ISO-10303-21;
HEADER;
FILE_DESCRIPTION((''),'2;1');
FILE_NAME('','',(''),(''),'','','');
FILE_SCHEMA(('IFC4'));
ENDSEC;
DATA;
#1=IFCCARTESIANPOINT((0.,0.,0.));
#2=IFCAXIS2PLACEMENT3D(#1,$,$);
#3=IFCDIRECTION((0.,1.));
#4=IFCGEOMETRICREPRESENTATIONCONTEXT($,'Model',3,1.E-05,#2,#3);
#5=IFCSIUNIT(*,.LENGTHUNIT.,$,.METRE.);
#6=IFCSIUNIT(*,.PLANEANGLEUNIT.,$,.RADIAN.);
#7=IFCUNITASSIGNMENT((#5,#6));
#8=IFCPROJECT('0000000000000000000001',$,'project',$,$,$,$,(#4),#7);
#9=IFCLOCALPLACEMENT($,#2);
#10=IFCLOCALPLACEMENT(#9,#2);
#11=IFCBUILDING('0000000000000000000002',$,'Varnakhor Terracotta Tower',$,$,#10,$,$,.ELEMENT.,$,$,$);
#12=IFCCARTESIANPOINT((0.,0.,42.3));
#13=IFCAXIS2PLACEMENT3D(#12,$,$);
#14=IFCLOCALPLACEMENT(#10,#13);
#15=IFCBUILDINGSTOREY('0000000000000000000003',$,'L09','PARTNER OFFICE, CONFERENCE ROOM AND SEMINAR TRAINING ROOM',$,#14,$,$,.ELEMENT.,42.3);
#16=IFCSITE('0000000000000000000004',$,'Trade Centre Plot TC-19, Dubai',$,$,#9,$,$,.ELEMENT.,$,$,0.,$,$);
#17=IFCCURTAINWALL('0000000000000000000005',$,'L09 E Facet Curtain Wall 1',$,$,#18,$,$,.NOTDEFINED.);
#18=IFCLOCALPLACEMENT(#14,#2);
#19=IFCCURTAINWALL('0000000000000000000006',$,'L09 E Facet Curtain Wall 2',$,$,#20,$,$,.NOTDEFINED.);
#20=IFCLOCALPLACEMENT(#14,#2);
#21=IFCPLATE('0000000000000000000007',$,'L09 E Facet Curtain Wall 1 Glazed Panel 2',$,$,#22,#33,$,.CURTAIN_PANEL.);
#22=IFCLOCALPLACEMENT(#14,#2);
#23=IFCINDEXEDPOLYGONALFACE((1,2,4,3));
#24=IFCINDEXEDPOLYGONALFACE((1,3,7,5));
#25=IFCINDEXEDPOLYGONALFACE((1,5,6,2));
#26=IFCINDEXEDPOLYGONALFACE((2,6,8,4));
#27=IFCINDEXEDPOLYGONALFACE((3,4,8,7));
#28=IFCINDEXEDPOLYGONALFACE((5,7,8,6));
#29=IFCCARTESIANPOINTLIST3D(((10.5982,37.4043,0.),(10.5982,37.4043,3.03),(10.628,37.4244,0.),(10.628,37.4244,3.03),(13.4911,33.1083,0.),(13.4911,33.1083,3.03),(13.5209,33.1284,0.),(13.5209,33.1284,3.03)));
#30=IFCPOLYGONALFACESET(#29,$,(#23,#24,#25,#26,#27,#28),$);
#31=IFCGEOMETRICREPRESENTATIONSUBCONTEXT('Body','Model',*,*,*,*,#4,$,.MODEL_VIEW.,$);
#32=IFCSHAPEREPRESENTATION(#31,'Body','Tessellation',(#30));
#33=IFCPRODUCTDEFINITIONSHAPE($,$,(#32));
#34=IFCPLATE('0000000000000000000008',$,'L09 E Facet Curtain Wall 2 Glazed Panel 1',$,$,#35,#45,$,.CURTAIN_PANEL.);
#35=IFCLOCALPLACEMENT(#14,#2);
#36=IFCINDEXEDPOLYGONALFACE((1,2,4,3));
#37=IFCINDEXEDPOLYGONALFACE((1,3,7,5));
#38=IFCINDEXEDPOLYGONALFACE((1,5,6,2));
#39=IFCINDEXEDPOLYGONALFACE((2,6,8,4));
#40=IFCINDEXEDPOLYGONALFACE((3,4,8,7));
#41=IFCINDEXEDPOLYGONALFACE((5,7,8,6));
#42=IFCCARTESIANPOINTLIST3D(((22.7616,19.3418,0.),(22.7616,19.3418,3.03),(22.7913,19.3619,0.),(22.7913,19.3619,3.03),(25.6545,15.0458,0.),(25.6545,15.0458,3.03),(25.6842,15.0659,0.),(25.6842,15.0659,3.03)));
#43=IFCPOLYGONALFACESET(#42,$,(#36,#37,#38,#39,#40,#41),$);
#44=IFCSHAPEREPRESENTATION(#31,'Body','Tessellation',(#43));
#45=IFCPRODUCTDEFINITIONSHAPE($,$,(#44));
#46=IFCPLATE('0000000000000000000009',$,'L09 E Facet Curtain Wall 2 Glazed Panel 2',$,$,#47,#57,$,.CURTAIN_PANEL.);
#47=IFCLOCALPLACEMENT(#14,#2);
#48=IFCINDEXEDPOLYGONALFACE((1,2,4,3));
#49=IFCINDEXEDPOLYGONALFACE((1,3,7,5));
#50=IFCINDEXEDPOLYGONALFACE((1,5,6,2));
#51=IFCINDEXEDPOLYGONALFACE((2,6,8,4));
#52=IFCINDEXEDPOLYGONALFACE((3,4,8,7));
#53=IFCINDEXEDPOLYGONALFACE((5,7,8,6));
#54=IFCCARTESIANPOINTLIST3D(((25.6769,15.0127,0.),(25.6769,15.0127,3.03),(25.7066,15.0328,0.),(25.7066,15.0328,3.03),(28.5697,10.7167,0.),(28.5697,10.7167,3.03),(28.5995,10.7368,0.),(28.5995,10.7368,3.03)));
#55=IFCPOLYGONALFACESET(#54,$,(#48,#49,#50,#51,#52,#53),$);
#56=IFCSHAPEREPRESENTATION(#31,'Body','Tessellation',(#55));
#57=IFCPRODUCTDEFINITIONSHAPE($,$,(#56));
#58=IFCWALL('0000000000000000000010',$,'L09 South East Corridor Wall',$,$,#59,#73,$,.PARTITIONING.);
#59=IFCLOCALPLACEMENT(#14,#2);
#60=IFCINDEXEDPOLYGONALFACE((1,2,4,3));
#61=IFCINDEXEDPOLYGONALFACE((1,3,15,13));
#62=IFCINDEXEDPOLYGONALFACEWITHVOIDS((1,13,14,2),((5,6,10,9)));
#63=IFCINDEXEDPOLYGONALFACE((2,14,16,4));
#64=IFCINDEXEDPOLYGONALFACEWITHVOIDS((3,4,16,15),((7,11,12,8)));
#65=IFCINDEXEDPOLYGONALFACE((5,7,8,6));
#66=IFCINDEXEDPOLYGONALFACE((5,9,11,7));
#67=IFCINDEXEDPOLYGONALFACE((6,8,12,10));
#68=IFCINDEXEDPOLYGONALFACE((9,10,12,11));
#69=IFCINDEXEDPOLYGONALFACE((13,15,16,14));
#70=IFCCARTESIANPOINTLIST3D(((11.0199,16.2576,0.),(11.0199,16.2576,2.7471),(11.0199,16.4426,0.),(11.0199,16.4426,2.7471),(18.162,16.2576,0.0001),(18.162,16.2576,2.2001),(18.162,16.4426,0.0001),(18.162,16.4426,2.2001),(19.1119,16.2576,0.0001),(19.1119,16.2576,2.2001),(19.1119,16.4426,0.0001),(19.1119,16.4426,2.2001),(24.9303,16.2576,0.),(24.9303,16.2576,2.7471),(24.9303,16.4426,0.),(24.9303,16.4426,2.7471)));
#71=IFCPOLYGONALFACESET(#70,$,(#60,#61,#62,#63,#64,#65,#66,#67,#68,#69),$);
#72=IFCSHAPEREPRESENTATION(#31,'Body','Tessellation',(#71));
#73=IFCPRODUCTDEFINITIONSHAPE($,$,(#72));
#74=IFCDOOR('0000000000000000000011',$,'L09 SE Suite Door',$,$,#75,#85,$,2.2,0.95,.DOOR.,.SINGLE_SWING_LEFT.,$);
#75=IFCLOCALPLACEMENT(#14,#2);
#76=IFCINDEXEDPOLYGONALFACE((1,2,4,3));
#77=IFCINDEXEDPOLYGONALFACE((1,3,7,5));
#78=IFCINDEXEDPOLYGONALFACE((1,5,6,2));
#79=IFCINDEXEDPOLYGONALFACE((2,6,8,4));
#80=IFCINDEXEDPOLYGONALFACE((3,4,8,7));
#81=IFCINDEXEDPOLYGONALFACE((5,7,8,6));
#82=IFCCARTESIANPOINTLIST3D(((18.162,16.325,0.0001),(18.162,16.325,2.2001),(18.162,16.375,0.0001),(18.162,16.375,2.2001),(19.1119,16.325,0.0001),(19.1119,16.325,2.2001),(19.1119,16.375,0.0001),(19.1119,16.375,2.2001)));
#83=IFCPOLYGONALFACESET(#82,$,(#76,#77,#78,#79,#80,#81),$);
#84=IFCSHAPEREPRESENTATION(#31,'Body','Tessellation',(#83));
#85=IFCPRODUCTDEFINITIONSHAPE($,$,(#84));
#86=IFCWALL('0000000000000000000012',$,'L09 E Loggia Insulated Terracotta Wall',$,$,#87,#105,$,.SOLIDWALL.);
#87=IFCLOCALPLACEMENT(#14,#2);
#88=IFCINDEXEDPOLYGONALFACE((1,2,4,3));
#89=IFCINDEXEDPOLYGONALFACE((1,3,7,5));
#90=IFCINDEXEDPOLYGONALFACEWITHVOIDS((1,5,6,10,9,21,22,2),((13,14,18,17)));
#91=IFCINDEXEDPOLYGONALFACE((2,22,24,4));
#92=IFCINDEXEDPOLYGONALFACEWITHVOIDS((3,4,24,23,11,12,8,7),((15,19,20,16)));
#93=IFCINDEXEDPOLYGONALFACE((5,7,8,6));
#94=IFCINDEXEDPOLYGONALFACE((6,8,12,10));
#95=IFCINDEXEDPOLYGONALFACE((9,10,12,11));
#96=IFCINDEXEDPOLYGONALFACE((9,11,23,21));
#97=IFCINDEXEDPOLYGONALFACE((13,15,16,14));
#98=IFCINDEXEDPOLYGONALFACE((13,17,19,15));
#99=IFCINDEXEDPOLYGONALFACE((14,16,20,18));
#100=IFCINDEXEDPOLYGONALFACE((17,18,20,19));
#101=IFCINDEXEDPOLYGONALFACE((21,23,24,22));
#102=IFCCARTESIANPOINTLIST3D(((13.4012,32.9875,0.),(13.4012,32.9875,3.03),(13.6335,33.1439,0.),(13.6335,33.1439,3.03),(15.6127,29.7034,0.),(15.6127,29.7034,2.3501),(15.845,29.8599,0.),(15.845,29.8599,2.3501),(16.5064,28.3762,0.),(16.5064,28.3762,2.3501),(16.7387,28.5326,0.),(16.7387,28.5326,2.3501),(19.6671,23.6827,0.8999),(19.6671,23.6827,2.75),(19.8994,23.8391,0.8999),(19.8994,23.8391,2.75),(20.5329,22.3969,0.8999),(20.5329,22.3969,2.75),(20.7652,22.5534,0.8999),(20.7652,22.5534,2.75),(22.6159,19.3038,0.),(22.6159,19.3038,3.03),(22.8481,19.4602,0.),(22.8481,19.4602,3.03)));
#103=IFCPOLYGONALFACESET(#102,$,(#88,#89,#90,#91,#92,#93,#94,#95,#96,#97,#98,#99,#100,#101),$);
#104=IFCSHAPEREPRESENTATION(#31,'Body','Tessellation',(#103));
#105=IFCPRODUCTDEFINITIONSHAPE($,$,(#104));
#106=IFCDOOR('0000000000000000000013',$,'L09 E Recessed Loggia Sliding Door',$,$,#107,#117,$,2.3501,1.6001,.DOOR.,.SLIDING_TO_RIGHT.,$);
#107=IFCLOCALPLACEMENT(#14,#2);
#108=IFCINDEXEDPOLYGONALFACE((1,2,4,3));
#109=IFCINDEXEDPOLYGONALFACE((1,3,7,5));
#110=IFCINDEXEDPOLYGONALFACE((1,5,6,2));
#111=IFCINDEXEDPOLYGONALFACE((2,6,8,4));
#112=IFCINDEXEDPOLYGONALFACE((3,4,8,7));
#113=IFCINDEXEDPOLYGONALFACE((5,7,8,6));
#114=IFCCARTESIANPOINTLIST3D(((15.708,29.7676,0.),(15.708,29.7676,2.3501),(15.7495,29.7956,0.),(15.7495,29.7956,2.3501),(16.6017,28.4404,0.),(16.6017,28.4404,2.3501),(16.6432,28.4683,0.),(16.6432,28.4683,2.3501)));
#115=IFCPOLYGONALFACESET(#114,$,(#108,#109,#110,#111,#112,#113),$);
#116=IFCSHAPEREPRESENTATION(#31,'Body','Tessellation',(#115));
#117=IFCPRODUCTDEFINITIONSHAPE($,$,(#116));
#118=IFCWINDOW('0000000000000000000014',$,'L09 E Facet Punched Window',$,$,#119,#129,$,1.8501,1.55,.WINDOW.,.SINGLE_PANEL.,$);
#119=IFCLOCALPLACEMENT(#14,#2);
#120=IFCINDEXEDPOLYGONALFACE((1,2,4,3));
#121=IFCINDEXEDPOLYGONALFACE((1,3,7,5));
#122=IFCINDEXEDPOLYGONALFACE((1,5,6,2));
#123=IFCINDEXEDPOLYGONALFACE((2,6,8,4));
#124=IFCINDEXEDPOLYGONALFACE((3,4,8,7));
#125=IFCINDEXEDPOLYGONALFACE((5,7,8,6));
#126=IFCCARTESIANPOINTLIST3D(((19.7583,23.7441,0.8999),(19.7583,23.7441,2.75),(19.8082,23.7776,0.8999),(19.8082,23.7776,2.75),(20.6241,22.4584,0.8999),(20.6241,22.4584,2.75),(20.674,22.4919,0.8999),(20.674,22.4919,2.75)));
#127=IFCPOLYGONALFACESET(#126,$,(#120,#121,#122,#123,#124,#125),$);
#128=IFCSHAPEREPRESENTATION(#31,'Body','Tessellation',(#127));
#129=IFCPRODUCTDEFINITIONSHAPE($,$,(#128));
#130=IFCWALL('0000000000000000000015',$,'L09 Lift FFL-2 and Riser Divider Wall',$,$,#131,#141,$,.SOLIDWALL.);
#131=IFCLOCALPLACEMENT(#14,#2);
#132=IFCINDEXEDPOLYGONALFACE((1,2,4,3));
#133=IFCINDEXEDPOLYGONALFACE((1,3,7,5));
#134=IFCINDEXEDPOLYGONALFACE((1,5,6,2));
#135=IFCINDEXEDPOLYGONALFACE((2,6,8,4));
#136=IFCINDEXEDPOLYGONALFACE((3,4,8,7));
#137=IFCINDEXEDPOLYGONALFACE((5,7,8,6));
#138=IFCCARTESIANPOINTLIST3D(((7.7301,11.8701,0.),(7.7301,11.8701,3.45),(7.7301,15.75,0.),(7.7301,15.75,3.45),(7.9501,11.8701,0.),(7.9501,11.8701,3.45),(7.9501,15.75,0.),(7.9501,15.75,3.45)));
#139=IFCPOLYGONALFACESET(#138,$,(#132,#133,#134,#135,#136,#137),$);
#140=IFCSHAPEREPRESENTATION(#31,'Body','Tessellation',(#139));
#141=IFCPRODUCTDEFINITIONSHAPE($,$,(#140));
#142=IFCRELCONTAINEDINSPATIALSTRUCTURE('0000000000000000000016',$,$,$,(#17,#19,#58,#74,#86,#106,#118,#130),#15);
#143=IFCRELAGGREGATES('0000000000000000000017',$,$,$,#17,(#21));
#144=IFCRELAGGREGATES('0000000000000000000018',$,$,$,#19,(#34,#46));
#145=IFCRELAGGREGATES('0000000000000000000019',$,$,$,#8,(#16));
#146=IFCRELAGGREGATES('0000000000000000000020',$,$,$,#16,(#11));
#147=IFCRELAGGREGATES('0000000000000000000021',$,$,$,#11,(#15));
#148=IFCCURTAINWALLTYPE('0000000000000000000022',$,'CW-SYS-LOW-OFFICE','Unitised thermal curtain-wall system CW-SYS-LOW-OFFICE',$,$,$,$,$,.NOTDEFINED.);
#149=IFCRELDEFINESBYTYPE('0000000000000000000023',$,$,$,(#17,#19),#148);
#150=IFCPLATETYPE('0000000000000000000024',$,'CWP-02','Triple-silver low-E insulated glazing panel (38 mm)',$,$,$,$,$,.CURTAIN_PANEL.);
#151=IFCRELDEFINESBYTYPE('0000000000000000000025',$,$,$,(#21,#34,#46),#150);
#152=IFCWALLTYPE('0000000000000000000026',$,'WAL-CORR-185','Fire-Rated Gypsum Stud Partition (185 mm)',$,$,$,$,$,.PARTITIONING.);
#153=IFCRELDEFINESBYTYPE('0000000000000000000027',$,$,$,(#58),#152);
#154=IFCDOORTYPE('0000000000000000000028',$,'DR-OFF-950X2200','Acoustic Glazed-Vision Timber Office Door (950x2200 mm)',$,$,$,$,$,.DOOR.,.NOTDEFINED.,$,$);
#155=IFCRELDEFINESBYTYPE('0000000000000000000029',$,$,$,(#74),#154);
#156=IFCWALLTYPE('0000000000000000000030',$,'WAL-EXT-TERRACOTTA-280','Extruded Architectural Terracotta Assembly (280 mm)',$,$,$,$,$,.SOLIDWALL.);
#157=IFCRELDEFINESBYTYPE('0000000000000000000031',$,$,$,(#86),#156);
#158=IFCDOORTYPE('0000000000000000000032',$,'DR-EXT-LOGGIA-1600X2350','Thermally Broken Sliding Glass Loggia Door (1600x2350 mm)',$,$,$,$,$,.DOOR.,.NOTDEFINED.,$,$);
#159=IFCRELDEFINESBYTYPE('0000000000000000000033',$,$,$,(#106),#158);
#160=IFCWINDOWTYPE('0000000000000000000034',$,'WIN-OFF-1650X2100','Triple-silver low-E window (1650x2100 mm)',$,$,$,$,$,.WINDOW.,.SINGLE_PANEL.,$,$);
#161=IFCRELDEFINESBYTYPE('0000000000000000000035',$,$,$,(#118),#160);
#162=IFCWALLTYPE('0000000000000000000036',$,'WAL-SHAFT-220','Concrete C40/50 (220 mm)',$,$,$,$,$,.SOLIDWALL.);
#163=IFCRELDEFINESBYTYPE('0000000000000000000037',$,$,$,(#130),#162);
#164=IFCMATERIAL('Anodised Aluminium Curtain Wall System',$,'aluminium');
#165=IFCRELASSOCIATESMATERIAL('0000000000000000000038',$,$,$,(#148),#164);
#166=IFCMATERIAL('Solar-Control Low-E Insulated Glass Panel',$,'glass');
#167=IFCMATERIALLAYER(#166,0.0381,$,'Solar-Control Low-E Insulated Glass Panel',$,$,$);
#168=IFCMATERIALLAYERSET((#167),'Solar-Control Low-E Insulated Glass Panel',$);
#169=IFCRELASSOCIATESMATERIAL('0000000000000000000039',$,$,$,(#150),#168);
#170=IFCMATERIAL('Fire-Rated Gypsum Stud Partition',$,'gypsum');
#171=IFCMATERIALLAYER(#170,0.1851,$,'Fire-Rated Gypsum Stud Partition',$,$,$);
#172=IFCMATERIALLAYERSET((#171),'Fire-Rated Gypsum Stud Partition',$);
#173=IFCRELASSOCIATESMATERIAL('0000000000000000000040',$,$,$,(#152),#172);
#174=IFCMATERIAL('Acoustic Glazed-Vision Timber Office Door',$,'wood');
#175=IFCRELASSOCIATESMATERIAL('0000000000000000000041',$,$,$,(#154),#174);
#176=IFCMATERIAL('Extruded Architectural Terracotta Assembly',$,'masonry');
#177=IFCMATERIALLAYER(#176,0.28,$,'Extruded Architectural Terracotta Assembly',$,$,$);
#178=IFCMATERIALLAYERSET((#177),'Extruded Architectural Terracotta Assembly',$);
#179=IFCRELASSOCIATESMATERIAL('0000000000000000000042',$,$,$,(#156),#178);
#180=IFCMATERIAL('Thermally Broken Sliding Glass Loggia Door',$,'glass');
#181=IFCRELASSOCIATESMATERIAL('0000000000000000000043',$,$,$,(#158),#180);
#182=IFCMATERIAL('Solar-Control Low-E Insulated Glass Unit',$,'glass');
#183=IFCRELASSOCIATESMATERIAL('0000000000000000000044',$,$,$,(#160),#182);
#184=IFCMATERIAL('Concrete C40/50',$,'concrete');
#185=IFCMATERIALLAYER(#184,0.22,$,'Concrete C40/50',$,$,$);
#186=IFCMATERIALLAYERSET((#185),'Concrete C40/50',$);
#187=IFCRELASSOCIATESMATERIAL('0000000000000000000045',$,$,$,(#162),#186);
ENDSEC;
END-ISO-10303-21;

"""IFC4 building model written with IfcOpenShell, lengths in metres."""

from ifc_helpers import new_model, si_unit, direction, frame, frame_2d, origin, origin_2d, place, context, subcontext, project, spatial, rectangle, extrude, source, transform, mapped, material, layer, layer_set, type_object, type_shapes, element, fill, aggregate, save


model = new_model("IFC4")

# Units and contexts
model_context = context("Model", 3, precision=1e-05, world=origin(), true_north=direction((0.0, 1.0)))
body_context = subcontext(model_context, "Body", "Model", "MODEL_VIEW")
ifc_project = project(units=[si_unit("LENGTHUNIT", "METRE"), si_unit("PLANEANGLEUNIT", "RADIAN")], contexts=[model_context])

# Site, building, storey
site_placement = place(None, origin())
site = spatial("IfcSite", under=ifc_project, at=site_placement, Name="Trade Centre Plot TC-19, Dubai", CompositionType="ELEMENT", RefElevation=0.0)
building_placement = place(site_placement, origin())
building = spatial("IfcBuilding", under=site, at=building_placement, Name="Varnakhor Terracotta Tower", CompositionType="ELEMENT")
storey_placement = place(building_placement, frame((0.0, 0.0, 42.3)))
storey = spatial("IfcBuildingStorey", under=building, at=storey_placement, Name="L09", Description="PARTNER OFFICE, CONFERENCE ROOM AND SEMINAR TRAINING ROOM", CompositionType="ELEMENT", Elevation=42.3)

# Curtain walls
ifc_material_1 = material(Name="Anodised Aluminium Curtain Wall System", Category="aluminium")
curtain_wall_type = type_object("IfcCurtainWallType", Name="CW-SYS-LOW-OFFICE", Description="Unitised thermal curtain-wall system CW-SYS-LOW-OFFICE", PredefinedType="NOTDEFINED", material=ifc_material_1)
curtain_wall_1_placement = place(storey_placement, origin())
curtain_wall_1 = element("IfcCurtainWall", 1, at=curtain_wall_1_placement, inside=storey, type_object=curtain_wall_type, Name="L09 E Facet Curtain Wall 1", PredefinedType="NOTDEFINED")
curtain_wall_2_placement = place(storey_placement, origin())
curtain_wall_2 = element("IfcCurtainWall", 2, at=curtain_wall_2_placement, inside=storey, type_object=curtain_wall_type, Name="L09 E Facet Curtain Wall 2", PredefinedType="NOTDEFINED")

# Shared definitions
ifc_material_2 = material(Name="Solar-Control Low-E Insulated Glass Panel", Category="glass")
ifc_layer_1 = layer(ifc_material_2, 0.0381, Name="Solar-Control Low-E Insulated Glass Panel")
ifc_layer_set_1 = layer_set([ifc_layer_1], Name="Solar-Control Low-E Insulated Glass Panel")
plate_type = type_object("IfcPlateType", Name="CWP-02", Description="Triple-silver low-E insulated glazing panel (38 mm)", PredefinedType="CURTAIN_PANEL", material=ifc_layer_set_1)

# Plates
shared_shape_1 = source(origin(), body_context, "Body", "SweptSolid", [
    extrude(rectangle(XDim=5.1792, YDim=0.0359, at=origin_2d()), origin(), (0.0, 0.0, 1.0), 3.03),
])
plate_1_placement = place(storey_placement, frame((12.0596, 35.2664, 0.0), z_axis=(0.0, 0.0, 1.0), x_axis=(0.558556, -0.829467, 0.0)))
plate_1 = element("IfcPlate", 3, at=plate_1_placement, type_object=plate_type, Name="L09 E Facet Curtain Wall 1 Glazed Panel 2", PredefinedType="CURTAIN_PANEL", context=body_context, shape_type="MappedRepresentation", body=[
    mapped(shared_shape_1, transform((0.0, 0.0, 0.0), scale=1.0)),
])
aggregate(curtain_wall_1, [plate_1])
plate_2_placement = place(storey_placement, frame((24.2229, 17.2039, 0.0), z_axis=(0.0, 0.0, 1.0), x_axis=(0.558556, -0.829467, 0.0)))
plate_2 = element("IfcPlate", 4, at=plate_2_placement, type_object=plate_type, Name="L09 E Facet Curtain Wall 2 Glazed Panel 1", PredefinedType="CURTAIN_PANEL", context=body_context, shape_type="MappedRepresentation", body=[
    mapped(shared_shape_1, transform((0.0, 0.0, 0.0), scale=1.0)),
])
plate_3_placement = place(storey_placement, frame((27.1382, 12.8748, 0.0), z_axis=(0.0, 0.0, 1.0), x_axis=(0.558556, -0.829467, 0.0)))
plate_3 = element("IfcPlate", 5, at=plate_3_placement, type_object=plate_type, Name="L09 E Facet Curtain Wall 2 Glazed Panel 2", PredefinedType="CURTAIN_PANEL", context=body_context, shape_type="MappedRepresentation", body=[
    mapped(shared_shape_1, transform((0.0, 0.0, 0.0), scale=1.0)),
])
aggregate(curtain_wall_2, [plate_2, plate_3])

# Wall, opening, door
ifc_material_3 = material(Name="Fire-Rated Gypsum Stud Partition", Category="gypsum")
ifc_layer_2 = layer(ifc_material_3, 0.1851, Name="Fire-Rated Gypsum Stud Partition")
ifc_layer_set_2 = layer_set([ifc_layer_2], Name="Fire-Rated Gypsum Stud Partition")
wall_type_1 = type_object("IfcWallType", Name="WAL-CORR-185", Description="Fire-Rated Gypsum Stud Partition (185 mm)", PredefinedType="PARTITIONING", material=ifc_layer_set_2)
wall_1_placement = place(storey_placement, frame((11.02, 16.3501, 0.0), z_axis=(0.0, 0.0, 1.0), x_axis=(1.0, 0.0, 0.0)))
wall_1 = element("IfcWall", 6, at=wall_1_placement, inside=storey, type_object=wall_type_1, Name="L09 South East Corridor Wall", PredefinedType="PARTITIONING", context=body_context, shape_type="SweptSolid", body=[
    extrude(rectangle(XDim=13.9104, YDim=0.1851, at=frame_2d((6.9551, 0.0))), origin(), (0.0, 0.0, 1.0), 2.7471),
])
opening_1_placement = place(wall_1_placement, frame((7.1418, 0.0, 0.0)))
opening_1 = element("IfcOpeningElement", 7, at=opening_1_placement, cuts=wall_1, PredefinedType="OPENING", context=body_context, shape_type="SweptSolid", body=[
    extrude(rectangle(XDim=0.95, YDim=2.2, at=frame_2d((0.4751, 1.1001))), frame((0.0, 0.1025, 0.0), z_axis=(0.0, -1.0, 0.0), x_axis=(1.0, 0.0, 0.0)), (0.0, 0.0, 1.0), 0.2051),
])
ifc_material_4 = material(Name="Acoustic Glazed-Vision Timber Office Door", Category="wood")
door_type_1 = type_object("IfcDoorType", Name="DR-OFF-950X2200", Description="Acoustic Glazed-Vision Timber Office Door (950x2200 mm)", OperationType="NOTDEFINED", PredefinedType="DOOR", material=ifc_material_4)
shared_shape_2 = source(origin(), body_context, "Body", "SweptSolid", [
    extrude(rectangle(XDim=0.95, YDim=2.2, at=frame_2d((0.4751, 1.1001))), frame((0.0, 0.0249, 0.0), z_axis=(0.0, -1.0, 0.0), x_axis=(1.0, 0.0, 0.0)), (0.0, 0.0, 1.0), 0.05),
])
type_shapes(door_type_1, [shared_shape_2])
door_1_placement = place(opening_1_placement, origin())
door_1 = element("IfcDoor", 8, at=door_1_placement, inside=storey, type_object=door_type_1, Name="L09 SE Suite Door", OperationType="SINGLE_SWING_LEFT", OverallHeight=2.2, OverallWidth=0.95, PredefinedType="DOOR", context=body_context, shape_type="MappedRepresentation", body=[
    mapped(shared_shape_2, transform((0.0, 0.0, 0.0), scale=1.0)),
])
fill(opening_1, door_1)

# Wall, openings, door, window
ifc_material_5 = material(Name="Extruded Architectural Terracotta Assembly", Category="masonry")
ifc_layer_3 = layer(ifc_material_5, 0.28, Name="Extruded Architectural Terracotta Assembly")
ifc_layer_set_3 = layer_set([ifc_layer_3], Name="Extruded Architectural Terracotta Assembly")
wall_type_2 = type_object("IfcWallType", Name="WAL-EXT-TERRACOTTA-280", Description="Extruded Architectural Terracotta Assembly (280 mm)", PredefinedType="SOLIDWALL", material=ifc_layer_set_3)
wall_2_placement = place(storey_placement, frame((13.5173, 33.0657, 0.0), z_axis=(0.0, 0.0, 1.0), x_axis=(0.558564, -0.829462, 0.0)))
wall_2 = element("IfcWall", 9, at=wall_2_placement, inside=storey, type_object=wall_type_2, Name="L09 E Loggia Insulated Terracotta Wall", PredefinedType="SOLIDWALL", context=body_context, shape_type="SweptSolid", body=[
    extrude(rectangle(XDim=16.4971, YDim=0.28, at=frame_2d((8.2485, 0.0))), origin(), (0.0, 0.0, 1.0), 3.03),
])
opening_2_placement = place(wall_2_placement, frame((3.9592, 0.0, 0.0)))
opening_2 = element("IfcOpeningElement", 10, at=opening_2_placement, cuts=wall_2, PredefinedType="OPENING", context=body_context, shape_type="SweptSolid", body=[
    extrude(rectangle(XDim=1.6001, YDim=2.3501, at=frame_2d((0.8, 1.175))), frame((0.0, 0.1499, 0.0), z_axis=(0.0, -1.0, 0.0), x_axis=(1.0, 0.0, 0.0)), (0.0, 0.0, 1.0), 0.3),
])
opening_3_placement = place(wall_2_placement, frame((11.218, 0.0, 0.8999)))
opening_3 = element("IfcOpeningElement", 11, at=opening_3_placement, cuts=wall_2, PredefinedType="OPENING", context=body_context, shape_type="SweptSolid", body=[
    extrude(rectangle(XDim=1.55, YDim=1.8501, at=frame_2d((0.7749, 0.925))), frame((0.0, 0.1499, 0.0), z_axis=(0.0, -1.0, 0.0), x_axis=(1.0, 0.0, 0.0)), (0.0, 0.0, 1.0), 0.3),
])
ifc_material_6 = material(Name="Thermally Broken Sliding Glass Loggia Door", Category="glass")
door_type_2 = type_object("IfcDoorType", Name="DR-EXT-LOGGIA-1600X2350", Description="Thermally Broken Sliding Glass Loggia Door (1600x2350 mm)", OperationType="NOTDEFINED", PredefinedType="DOOR", material=ifc_material_6)
shared_shape_3 = source(origin(), body_context, "Body", "SweptSolid", [
    extrude(rectangle(XDim=1.6001, YDim=2.3501, at=frame_2d((0.8, 1.175))), frame((0.0, 0.0249, 0.0), z_axis=(0.0, -1.0, 0.0), x_axis=(1.0, 0.0, 0.0)), (0.0, 0.0, 1.0), 0.05),
])
type_shapes(door_type_2, [shared_shape_3])
door_2_placement = place(opening_2_placement, origin())
door_2 = element("IfcDoor", 12, at=door_2_placement, inside=storey, type_object=door_type_2, Name="L09 E Recessed Loggia Sliding Door", OperationType="SLIDING_TO_RIGHT", OverallHeight=2.3501, OverallWidth=1.6001, PredefinedType="DOOR", context=body_context, shape_type="MappedRepresentation", body=[
    mapped(shared_shape_3, transform((0.0, 0.0, 0.0), scale=1.0)),
])
fill(opening_2, door_2)
ifc_material_7 = material(Name="Solar-Control Low-E Insulated Glass Unit", Category="glass")
window_type = type_object("IfcWindowType", Name="WIN-OFF-1650X2100", Description="Triple-silver low-E window (1650x2100 mm)", PartitioningType="SINGLE_PANEL", PredefinedType="WINDOW", material=ifc_material_7)
shared_shape_4 = source(origin(), body_context, "Body", "SweptSolid", [
    extrude(rectangle(XDim=1.55, YDim=1.8501, at=frame_2d((0.7749, 0.925))), frame((0.0, 0.03, 0.0), z_axis=(0.0, -1.0, 0.0), x_axis=(1.0, 0.0, 0.0)), (0.0, 0.0, 1.0), 0.0601),
])
type_shapes(window_type, [shared_shape_4])
window_placement = place(opening_3_placement, origin())
window = element("IfcWindow", 13, at=window_placement, inside=storey, type_object=window_type, Name="L09 E Facet Punched Window", OverallHeight=1.8501, OverallWidth=1.55, PartitioningType="SINGLE_PANEL", PredefinedType="WINDOW", context=body_context, shape_type="MappedRepresentation", body=[
    mapped(shared_shape_4, transform((0.0, 0.0, 0.0), scale=1.0)),
])
fill(opening_3, window)

# Wall
ifc_material_8 = material(Name="Concrete C40/50", Category="concrete")
ifc_layer_4 = layer(ifc_material_8, 0.22, Name="Concrete C40/50")
ifc_layer_set_4 = layer_set([ifc_layer_4], Name="Concrete C40/50")
wall_type_3 = type_object("IfcWallType", Name="WAL-SHAFT-220", Description="Concrete C40/50 (220 mm)", PredefinedType="SOLIDWALL", material=ifc_layer_set_4)
wall_3_placement = place(storey_placement, frame((7.8401, 11.8701, 0.0), z_axis=(0.0, 0.0, 1.0), x_axis=(0.0, 1.0, 0.0)))
element("IfcWall", 14, at=wall_3_placement, inside=storey, type_object=wall_type_3, Name="L09 Lift FFL-2 and Riser Divider Wall", PredefinedType="SOLIDWALL", context=body_context, shape_type="SweptSolid", body=[
    extrude(rectangle(XDim=3.8799, YDim=0.22, at=frame_2d((1.9399, 0.0))), origin(), (0.0, 0.0, 1.0), 3.45),
])

save(model, "model.ifc")
